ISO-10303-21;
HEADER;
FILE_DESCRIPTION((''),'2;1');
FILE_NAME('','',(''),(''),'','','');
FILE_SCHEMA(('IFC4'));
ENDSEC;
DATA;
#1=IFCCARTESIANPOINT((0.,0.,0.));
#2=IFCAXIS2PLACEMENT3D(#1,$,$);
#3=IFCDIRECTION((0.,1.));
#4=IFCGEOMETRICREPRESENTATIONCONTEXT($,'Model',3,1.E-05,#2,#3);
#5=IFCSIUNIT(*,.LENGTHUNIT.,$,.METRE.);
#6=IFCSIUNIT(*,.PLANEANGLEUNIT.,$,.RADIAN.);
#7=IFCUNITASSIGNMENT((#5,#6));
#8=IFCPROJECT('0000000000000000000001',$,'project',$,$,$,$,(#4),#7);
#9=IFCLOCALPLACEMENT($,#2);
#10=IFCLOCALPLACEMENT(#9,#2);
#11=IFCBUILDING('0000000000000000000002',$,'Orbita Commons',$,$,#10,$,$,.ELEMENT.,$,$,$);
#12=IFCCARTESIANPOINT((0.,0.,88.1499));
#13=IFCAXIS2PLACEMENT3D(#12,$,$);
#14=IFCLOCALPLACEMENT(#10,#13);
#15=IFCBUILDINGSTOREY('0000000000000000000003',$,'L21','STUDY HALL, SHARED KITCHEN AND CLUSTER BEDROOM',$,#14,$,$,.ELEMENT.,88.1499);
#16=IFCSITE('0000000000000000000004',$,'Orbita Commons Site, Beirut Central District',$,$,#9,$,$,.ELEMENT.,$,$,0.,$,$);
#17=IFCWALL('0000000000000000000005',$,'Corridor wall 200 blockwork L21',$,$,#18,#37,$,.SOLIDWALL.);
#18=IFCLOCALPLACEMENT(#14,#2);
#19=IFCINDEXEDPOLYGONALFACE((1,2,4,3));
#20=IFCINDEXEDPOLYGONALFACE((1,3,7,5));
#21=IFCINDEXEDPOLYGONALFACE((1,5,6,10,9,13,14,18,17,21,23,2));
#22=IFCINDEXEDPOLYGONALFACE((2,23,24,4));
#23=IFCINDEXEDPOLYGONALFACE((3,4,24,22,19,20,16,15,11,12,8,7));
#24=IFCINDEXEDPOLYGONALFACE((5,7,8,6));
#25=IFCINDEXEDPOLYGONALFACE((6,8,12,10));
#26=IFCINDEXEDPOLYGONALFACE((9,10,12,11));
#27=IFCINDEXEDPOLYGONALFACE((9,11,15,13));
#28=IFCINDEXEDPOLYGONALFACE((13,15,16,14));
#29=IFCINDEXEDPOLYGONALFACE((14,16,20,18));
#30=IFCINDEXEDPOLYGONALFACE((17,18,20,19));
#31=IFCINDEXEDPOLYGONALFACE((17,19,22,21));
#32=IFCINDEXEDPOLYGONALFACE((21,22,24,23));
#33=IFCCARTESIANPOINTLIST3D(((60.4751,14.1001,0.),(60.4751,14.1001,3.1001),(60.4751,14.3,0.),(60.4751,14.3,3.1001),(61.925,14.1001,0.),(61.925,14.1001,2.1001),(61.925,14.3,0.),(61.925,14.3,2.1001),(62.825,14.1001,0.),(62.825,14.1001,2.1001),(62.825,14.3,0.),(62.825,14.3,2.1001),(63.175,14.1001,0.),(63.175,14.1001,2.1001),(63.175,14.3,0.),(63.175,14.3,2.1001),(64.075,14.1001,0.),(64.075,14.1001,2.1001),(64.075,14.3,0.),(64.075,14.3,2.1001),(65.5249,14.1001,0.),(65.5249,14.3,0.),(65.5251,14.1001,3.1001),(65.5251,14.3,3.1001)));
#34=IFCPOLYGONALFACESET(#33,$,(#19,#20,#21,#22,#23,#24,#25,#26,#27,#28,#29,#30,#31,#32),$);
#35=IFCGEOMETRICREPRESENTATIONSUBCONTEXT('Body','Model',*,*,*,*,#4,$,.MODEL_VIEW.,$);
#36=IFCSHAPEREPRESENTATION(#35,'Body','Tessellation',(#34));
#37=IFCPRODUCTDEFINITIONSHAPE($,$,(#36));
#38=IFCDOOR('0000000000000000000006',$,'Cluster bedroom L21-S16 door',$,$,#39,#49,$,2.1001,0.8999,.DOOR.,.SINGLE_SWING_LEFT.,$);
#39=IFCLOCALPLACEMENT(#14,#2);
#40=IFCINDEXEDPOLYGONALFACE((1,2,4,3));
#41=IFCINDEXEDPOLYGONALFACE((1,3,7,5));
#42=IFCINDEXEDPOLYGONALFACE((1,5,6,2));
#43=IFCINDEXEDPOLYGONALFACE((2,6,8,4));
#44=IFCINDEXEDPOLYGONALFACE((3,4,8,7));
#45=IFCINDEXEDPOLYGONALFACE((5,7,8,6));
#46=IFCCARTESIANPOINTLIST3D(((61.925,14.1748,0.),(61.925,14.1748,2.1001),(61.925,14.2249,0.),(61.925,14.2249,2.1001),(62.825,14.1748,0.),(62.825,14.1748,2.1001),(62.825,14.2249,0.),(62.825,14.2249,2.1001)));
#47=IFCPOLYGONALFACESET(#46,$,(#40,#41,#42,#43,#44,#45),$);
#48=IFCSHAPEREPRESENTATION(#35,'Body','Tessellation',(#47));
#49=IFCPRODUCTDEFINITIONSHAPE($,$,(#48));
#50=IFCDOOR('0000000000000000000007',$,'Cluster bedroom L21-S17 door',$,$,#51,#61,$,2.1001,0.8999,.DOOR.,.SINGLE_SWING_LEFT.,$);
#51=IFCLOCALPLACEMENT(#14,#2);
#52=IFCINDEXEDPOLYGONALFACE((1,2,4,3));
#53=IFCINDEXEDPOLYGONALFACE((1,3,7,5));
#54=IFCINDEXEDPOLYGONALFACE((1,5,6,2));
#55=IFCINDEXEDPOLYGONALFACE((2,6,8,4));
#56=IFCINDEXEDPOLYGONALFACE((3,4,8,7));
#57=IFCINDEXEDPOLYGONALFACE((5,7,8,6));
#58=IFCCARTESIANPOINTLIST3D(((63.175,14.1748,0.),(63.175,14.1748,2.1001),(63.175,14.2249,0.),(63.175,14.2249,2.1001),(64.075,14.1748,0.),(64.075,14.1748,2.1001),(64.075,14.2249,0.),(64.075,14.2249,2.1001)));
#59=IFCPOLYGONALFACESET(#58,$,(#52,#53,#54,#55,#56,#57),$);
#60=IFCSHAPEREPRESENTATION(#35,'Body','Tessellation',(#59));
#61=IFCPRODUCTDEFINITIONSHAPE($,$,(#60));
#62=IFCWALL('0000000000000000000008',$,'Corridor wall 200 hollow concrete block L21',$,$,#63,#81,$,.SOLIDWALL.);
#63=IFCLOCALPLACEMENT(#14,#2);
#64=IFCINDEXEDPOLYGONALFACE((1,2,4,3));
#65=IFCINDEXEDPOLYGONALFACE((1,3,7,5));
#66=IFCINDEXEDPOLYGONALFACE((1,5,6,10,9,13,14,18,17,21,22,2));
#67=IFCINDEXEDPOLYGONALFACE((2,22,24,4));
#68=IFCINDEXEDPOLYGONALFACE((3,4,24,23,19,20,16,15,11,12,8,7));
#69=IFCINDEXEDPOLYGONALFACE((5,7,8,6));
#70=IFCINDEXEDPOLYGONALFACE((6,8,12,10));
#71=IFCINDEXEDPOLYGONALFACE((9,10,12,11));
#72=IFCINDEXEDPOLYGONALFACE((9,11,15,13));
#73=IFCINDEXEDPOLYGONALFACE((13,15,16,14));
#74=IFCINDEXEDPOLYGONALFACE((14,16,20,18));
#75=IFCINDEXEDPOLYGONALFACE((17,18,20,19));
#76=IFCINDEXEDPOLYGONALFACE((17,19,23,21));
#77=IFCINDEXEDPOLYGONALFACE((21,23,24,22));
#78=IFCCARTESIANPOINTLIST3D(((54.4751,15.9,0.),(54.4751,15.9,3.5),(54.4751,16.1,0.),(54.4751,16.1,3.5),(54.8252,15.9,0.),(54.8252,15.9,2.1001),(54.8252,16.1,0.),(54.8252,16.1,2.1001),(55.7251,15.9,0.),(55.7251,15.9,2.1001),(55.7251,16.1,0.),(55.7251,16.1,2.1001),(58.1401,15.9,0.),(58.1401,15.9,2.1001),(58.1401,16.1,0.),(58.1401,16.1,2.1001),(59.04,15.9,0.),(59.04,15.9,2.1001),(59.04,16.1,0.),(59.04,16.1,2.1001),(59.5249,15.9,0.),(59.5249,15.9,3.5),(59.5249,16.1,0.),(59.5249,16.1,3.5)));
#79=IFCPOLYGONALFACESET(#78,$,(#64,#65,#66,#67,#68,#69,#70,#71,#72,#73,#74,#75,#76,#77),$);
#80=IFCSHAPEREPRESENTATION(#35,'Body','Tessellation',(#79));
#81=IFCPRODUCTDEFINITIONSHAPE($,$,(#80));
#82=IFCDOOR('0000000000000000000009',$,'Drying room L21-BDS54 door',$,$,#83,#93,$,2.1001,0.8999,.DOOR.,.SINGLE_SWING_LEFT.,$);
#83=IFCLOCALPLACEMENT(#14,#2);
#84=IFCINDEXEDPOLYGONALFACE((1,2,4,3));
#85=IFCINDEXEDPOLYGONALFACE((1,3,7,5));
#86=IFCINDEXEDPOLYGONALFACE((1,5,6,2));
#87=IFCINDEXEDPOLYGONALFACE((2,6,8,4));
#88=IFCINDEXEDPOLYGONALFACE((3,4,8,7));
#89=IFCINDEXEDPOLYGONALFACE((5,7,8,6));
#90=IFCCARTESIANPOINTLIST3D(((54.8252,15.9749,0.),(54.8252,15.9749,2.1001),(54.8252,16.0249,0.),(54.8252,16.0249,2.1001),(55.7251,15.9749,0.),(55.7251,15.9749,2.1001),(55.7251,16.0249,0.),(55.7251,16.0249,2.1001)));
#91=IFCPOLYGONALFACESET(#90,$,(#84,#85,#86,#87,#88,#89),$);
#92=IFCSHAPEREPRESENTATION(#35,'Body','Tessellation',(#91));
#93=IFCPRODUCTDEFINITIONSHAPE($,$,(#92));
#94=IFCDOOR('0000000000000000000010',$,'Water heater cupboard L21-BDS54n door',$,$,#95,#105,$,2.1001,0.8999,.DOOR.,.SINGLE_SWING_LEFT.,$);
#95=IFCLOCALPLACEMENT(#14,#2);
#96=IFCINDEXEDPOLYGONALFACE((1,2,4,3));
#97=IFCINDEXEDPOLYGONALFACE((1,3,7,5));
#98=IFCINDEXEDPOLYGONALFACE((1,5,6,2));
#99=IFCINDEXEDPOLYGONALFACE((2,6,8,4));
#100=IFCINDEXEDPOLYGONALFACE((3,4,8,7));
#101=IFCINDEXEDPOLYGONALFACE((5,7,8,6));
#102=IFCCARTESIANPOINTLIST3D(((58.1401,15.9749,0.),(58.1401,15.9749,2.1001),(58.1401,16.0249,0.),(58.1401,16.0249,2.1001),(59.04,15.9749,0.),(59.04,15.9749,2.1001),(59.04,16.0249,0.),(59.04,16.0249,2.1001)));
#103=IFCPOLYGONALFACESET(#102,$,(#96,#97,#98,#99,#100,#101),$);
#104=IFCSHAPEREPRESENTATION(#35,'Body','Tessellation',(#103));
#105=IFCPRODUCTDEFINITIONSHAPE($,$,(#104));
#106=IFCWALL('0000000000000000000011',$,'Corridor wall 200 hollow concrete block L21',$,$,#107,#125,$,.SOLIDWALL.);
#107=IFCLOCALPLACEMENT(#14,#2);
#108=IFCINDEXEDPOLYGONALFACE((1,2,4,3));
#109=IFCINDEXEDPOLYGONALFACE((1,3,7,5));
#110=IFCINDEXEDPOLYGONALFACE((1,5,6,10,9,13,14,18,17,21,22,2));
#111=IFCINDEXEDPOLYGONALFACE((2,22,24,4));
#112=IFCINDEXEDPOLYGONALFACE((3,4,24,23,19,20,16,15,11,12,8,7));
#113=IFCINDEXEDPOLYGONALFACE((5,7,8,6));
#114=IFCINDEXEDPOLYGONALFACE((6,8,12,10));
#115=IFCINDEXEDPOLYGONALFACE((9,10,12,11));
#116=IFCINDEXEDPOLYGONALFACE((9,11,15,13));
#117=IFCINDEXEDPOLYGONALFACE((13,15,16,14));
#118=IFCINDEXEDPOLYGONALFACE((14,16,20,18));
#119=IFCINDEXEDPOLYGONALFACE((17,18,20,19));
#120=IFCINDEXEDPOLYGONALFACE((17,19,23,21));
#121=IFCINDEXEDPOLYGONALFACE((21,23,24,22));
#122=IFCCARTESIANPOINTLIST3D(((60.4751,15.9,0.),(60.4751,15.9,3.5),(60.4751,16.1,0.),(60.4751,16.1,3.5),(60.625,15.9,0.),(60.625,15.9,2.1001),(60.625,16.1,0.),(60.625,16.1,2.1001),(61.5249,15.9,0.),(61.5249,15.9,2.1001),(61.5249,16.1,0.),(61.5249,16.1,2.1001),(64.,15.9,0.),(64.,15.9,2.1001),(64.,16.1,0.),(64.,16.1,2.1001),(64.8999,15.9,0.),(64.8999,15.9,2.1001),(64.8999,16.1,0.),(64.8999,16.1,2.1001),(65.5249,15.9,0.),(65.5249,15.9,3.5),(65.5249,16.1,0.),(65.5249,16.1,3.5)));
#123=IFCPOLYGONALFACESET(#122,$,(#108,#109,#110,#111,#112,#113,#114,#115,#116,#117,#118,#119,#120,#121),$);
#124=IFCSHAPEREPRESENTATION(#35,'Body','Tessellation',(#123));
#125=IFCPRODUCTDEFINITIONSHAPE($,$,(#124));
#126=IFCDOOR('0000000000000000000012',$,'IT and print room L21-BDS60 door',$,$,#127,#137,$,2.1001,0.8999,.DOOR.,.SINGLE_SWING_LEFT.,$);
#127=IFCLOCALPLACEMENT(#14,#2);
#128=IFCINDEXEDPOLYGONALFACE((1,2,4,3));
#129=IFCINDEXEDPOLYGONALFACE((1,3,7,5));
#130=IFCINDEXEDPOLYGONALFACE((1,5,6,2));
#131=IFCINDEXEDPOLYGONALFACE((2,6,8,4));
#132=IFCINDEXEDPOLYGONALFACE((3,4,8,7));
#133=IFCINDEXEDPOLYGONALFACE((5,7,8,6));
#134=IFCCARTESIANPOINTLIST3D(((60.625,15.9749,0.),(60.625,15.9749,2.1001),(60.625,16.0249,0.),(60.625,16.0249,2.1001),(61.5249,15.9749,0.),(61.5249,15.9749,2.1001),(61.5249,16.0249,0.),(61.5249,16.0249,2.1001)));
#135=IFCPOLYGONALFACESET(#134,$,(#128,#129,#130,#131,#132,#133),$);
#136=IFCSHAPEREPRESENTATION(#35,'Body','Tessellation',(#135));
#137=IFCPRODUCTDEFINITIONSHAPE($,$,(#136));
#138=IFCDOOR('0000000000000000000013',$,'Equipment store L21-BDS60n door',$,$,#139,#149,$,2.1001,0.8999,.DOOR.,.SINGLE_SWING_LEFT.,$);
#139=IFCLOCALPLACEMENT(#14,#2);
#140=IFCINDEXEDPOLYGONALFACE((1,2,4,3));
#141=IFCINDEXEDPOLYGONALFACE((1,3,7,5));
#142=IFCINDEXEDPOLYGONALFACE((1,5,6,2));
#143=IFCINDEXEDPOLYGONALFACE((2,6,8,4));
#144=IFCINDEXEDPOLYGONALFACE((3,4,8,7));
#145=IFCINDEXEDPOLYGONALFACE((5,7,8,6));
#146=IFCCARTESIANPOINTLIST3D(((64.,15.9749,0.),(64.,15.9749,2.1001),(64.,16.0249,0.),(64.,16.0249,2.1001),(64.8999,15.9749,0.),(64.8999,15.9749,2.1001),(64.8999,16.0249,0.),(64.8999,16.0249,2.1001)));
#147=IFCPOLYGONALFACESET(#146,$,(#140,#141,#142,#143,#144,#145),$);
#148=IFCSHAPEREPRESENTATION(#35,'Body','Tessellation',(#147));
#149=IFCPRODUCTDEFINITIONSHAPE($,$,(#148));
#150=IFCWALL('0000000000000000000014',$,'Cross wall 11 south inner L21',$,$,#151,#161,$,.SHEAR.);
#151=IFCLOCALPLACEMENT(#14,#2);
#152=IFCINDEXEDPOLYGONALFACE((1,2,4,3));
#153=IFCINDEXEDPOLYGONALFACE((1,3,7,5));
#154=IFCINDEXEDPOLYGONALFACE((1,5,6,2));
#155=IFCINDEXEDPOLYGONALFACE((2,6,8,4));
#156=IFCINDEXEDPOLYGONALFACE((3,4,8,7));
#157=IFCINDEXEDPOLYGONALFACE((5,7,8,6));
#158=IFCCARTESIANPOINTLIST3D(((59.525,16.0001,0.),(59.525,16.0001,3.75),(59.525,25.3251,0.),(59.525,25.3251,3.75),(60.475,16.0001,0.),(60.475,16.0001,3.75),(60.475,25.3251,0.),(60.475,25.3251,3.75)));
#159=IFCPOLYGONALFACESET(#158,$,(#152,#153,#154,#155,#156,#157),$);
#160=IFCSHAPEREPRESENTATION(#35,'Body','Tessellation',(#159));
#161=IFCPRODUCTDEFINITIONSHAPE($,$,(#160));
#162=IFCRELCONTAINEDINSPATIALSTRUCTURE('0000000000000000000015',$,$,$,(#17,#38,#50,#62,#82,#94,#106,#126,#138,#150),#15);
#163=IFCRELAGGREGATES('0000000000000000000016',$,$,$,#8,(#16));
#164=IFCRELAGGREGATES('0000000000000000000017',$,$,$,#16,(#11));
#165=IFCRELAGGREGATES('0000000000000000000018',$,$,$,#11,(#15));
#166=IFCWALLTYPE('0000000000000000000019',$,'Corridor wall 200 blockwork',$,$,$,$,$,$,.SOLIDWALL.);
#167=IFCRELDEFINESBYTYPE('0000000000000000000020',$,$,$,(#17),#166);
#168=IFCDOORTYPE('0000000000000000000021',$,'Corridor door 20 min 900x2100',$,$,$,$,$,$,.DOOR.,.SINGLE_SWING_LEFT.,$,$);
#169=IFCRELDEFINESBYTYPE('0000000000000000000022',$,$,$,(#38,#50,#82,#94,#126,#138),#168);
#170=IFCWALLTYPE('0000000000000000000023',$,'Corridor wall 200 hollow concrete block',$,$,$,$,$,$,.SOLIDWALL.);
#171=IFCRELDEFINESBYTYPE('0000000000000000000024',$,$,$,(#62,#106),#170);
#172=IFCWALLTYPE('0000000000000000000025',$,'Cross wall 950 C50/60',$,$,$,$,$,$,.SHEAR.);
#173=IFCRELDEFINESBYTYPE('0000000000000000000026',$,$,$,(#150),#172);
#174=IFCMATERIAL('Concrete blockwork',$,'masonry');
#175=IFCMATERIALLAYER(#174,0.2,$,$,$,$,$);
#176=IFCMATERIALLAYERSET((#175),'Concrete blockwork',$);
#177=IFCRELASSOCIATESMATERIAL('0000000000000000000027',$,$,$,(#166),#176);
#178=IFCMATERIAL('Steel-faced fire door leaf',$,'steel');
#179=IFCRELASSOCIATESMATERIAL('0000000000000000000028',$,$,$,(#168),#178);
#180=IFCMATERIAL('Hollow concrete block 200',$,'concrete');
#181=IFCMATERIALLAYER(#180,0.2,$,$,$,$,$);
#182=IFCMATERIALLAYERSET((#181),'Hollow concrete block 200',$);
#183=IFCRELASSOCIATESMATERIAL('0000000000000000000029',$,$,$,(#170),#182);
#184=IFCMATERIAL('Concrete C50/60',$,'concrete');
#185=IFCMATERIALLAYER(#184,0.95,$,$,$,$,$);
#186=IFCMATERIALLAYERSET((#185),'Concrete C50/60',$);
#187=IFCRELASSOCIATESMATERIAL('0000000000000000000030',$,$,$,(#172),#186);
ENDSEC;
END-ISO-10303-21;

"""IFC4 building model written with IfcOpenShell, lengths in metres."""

from ifc_helpers import new_model, si_unit, direction, frame, frame_2d, origin, place, context, subcontext, project, spatial, polyline, rectangle, outline, extrude, material, layer, layer_set, type_object, element, fill, save


model = new_model("IFC4")

# Units and contexts
model_context = context("Model", 3, precision=1e-05, world=origin(), true_north=direction((0.0, 1.0)))
body_context = subcontext(model_context, "Body", "Model", "MODEL_VIEW")
ifc_project = project(units=[si_unit("LENGTHUNIT", "METRE"), si_unit("PLANEANGLEUNIT", "RADIAN")], contexts=[model_context])

# Site, building, storey
site_placement = place(None, origin())
site = spatial("IfcSite", under=ifc_project, at=site_placement, Name="Orbita Commons Site, Beirut Central District", CompositionType="ELEMENT", RefElevation=0.0)
building_placement = place(site_placement, origin())
building = spatial("IfcBuilding", under=site, at=building_placement, Name="Orbita Commons", CompositionType="ELEMENT")
storey_placement = place(building_placement, frame((0.0, 0.0, 88.1499)))
storey = spatial("IfcBuildingStorey", under=building, at=storey_placement, Name="L21", Description="STUDY HALL, SHARED KITCHEN AND CLUSTER BEDROOM", CompositionType="ELEMENT", Elevation=88.1499)

# Walls, openings, doors
ifc_material_1 = material(Name="Concrete blockwork", Category="masonry")
ifc_layer_1 = layer(ifc_material_1, 0.2)
ifc_layer_set_1 = layer_set([ifc_layer_1], Name="Concrete blockwork")
wall_type_1 = type_object("IfcWallType", Name="Corridor wall 200 blockwork", PredefinedType="SOLIDWALL", material=ifc_layer_set_1)
ifc_material_2 = material(Name="Steel-faced fire door leaf", Category="steel")
door_type_1 = type_object("IfcDoorType", Name="Corridor door 20 min 900x2100", OperationType="SINGLE_SWING_LEFT", PredefinedType="DOOR", material=ifc_material_2)
wall_1_placement = place(storey_placement, frame((60.4751, 14.2, 0.0), z_axis=(0.0, 0.0, 1.0), x_axis=(1.0, 0.0, 0.0)))
wall_1 = element("IfcWall", 1, at=wall_1_placement, inside=storey, type_object=wall_type_1, Name="Corridor wall 200 blockwork L21", PredefinedType="SOLIDWALL", context=body_context, shape_type="SweptSolid", body=[
    extrude(outline(polyline([(0.0, 0.0), (5.0498, 0.0), (5.05, 3.1001), (0.0, 3.1001), (0.0, 0.0)])), frame((0.0, 0.1001, 0.0), z_axis=(0.0, -1.0, 0.0), x_axis=(1.0, 0.0, 0.0)), (0.0, 0.0, 1.0), 0.2),
])
opening_1_placement = place(wall_1_placement, frame((1.45, 0.0, 0.0)))
opening_1 = element("IfcOpeningElement", 2, at=opening_1_placement, cuts=wall_1, PredefinedType="OPENING", context=body_context, shape_type="SweptSolid", body=[
    extrude(rectangle(XDim=0.8999, YDim=2.1001, at=frame_2d((0.45, 1.05))), frame((0.0, 0.1099, 0.0), z_axis=(0.0, -1.0, 0.0), x_axis=(1.0, 0.0, 0.0)), (0.0, 0.0, 1.0), 0.22),
])
opening_2_placement = place(wall_1_placement, frame((2.7, 0.0, 0.0)))
opening_2 = element("IfcOpeningElement", 3, at=opening_2_placement, cuts=wall_1, PredefinedType="OPENING", context=body_context, shape_type="SweptSolid", body=[
    extrude(rectangle(XDim=0.8999, YDim=2.1001, at=frame_2d((0.45, 1.05))), frame((0.0, 0.1099, 0.0), z_axis=(0.0, -1.0, 0.0), x_axis=(1.0, 0.0, 0.0)), (0.0, 0.0, 1.0), 0.22),
])
door_1_placement = place(opening_1_placement, origin())
door_1 = element("IfcDoor", 4, at=door_1_placement, inside=storey, type_object=door_type_1, Name="Cluster bedroom L21-S16 door", OperationType="SINGLE_SWING_LEFT", OverallHeight=2.1001, OverallWidth=0.8999, PredefinedType="DOOR", context=body_context, shape_type="SweptSolid", body=[
    extrude(rectangle(XDim=0.8999, YDim=2.1001, at=frame_2d((0.45, 1.05))), frame((0.0, 0.0249, 0.0), z_axis=(0.0, -1.0, 0.0), x_axis=(1.0, 0.0, 0.0)), (0.0, 0.0, 1.0), 0.05),
])
fill(opening_1, door_1)
door_2_placement = place(opening_2_placement, origin())
door_2 = element("IfcDoor", 5, at=door_2_placement, inside=storey, type_object=door_type_1, Name="Cluster bedroom L21-S17 door", OperationType="SINGLE_SWING_LEFT", OverallHeight=2.1001, OverallWidth=0.8999, PredefinedType="DOOR", context=body_context, shape_type="SweptSolid", body=[
    extrude(rectangle(XDim=0.8999, YDim=2.1001, at=frame_2d((0.45, 1.05))), frame((0.0, 0.0249, 0.0), z_axis=(0.0, -1.0, 0.0), x_axis=(1.0, 0.0, 0.0)), (0.0, 0.0, 1.0), 0.05),
])
fill(opening_2, door_2)
ifc_material_3 = material(Name="Hollow concrete block 200", Category="concrete")
ifc_layer_2 = layer(ifc_material_3, 0.2)
ifc_layer_set_2 = layer_set([ifc_layer_2], Name="Hollow concrete block 200")
wall_type_2 = type_object("IfcWallType", Name="Corridor wall 200 hollow concrete block", PredefinedType="SOLIDWALL", material=ifc_layer_set_2)
wall_2_placement = place(storey_placement, frame((54.4751, 16.0, 0.0), z_axis=(0.0, 0.0, 1.0), x_axis=(1.0, 0.0, 0.0)))
wall_2 = element("IfcWall", 6, at=wall_2_placement, inside=storey, type_object=wall_type_2, Name="Corridor wall 200 hollow concrete block L21", PredefinedType="SOLIDWALL", context=body_context, shape_type="SweptSolid", body=[
    extrude(rectangle(XDim=5.0498, YDim=0.2, at=frame_2d((2.5249, 0.0))), origin(), (0.0, 0.0, 1.0), 3.5),
])
opening_3_placement = place(wall_2_placement, frame((0.3501, 0.0, 0.0)))
opening_3 = element("IfcOpeningElement", 7, at=opening_3_placement, cuts=wall_2, PredefinedType="OPENING", context=body_context, shape_type="SweptSolid", body=[
    extrude(rectangle(XDim=0.8999, YDim=2.1001, at=frame_2d((0.45, 1.05))), frame((0.0, 0.1099, 0.0), z_axis=(0.0, -1.0, 0.0), x_axis=(1.0, 0.0, 0.0)), (0.0, 0.0, 1.0), 0.22),
])
opening_4_placement = place(wall_2_placement, frame((3.665, 0.0, 0.0)))
opening_4 = element("IfcOpeningElement", 8, at=opening_4_placement, cuts=wall_2, PredefinedType="OPENING", context=body_context, shape_type="SweptSolid", body=[
    extrude(rectangle(XDim=0.8999, YDim=2.1001, at=frame_2d((0.45, 1.05))), frame((0.0, 0.1099, 0.0), z_axis=(0.0, -1.0, 0.0), x_axis=(1.0, 0.0, 0.0)), (0.0, 0.0, 1.0), 0.22),
])
door_3_placement = place(opening_3_placement, origin())
door_3 = element("IfcDoor", 9, at=door_3_placement, inside=storey, type_object=door_type_1, Name="Drying room L21-BDS54 door", OperationType="SINGLE_SWING_LEFT", OverallHeight=2.1001, OverallWidth=0.8999, PredefinedType="DOOR", context=body_context, shape_type="SweptSolid", body=[
    extrude(rectangle(XDim=0.8999, YDim=2.1001, at=frame_2d((0.45, 1.05))), frame((0.0, 0.0249, 0.0), z_axis=(0.0, -1.0, 0.0), x_axis=(1.0, 0.0, 0.0)), (0.0, 0.0, 1.0), 0.05),
])
fill(opening_3, door_3)
door_4_placement = place(opening_4_placement, origin())
door_4 = element("IfcDoor", 10, at=door_4_placement, inside=storey, type_object=door_type_1, Name="Water heater cupboard L21-BDS54n door", OperationType="SINGLE_SWING_LEFT", OverallHeight=2.1001, OverallWidth=0.8999, PredefinedType="DOOR", context=body_context, shape_type="SweptSolid", body=[
    extrude(rectangle(XDim=0.8999, YDim=2.1001, at=frame_2d((0.45, 1.05))), frame((0.0, 0.0249, 0.0), z_axis=(0.0, -1.0, 0.0), x_axis=(1.0, 0.0, 0.0)), (0.0, 0.0, 1.0), 0.05),
])
fill(opening_4, door_4)
wall_3_placement = place(storey_placement, frame((60.4751, 16.0, 0.0), z_axis=(0.0, 0.0, 1.0), x_axis=(1.0, 0.0, 0.0)))
wall_3 = element("IfcWall", 11, at=wall_3_placement, inside=storey, type_object=wall_type_2, Name="Corridor wall 200 hollow concrete block L21", PredefinedType="SOLIDWALL", context=body_context, shape_type="SweptSolid", body=[
    extrude(rectangle(XDim=5.0498, YDim=0.2, at=frame_2d((2.5249, 0.0))), origin(), (0.0, 0.0, 1.0), 3.5),
])
opening_5_placement = place(wall_3_placement, frame((0.1499, 0.0, 0.0)))
opening_5 = element("IfcOpeningElement", 12, at=opening_5_placement, cuts=wall_3, PredefinedType="OPENING", context=body_context, shape_type="SweptSolid", body=[
    extrude(rectangle(XDim=0.8999, YDim=2.1001, at=frame_2d((0.45, 1.05))), frame((0.0, 0.1099, 0.0), z_axis=(0.0, -1.0, 0.0), x_axis=(1.0, 0.0, 0.0)), (0.0, 0.0, 1.0), 0.22),
])
opening_6_placement = place(wall_3_placement, frame((3.5249, 0.0, 0.0)))
opening_6 = element("IfcOpeningElement", 13, at=opening_6_placement, cuts=wall_3, PredefinedType="OPENING", context=body_context, shape_type="SweptSolid", body=[
    extrude(rectangle(XDim=0.8999, YDim=2.1001, at=frame_2d((0.45, 1.05))), frame((0.0, 0.1099, 0.0), z_axis=(0.0, -1.0, 0.0), x_axis=(1.0, 0.0, 0.0)), (0.0, 0.0, 1.0), 0.22),
])
door_5_placement = place(opening_5_placement, origin())
door_5 = element("IfcDoor", 14, at=door_5_placement, inside=storey, type_object=door_type_1, Name="IT and print room L21-BDS60 door", OperationType="SINGLE_SWING_LEFT", OverallHeight=2.1001, OverallWidth=0.8999, PredefinedType="DOOR", context=body_context, shape_type="SweptSolid", body=[
    extrude(rectangle(XDim=0.8999, YDim=2.1001, at=frame_2d((0.45, 1.05))), frame((0.0, 0.0249, 0.0), z_axis=(0.0, -1.0, 0.0), x_axis=(1.0, 0.0, 0.0)), (0.0, 0.0, 1.0), 0.05),
])
fill(opening_5, door_5)
door_6_placement = place(opening_6_placement, origin())
door_6 = element("IfcDoor", 15, at=door_6_placement, inside=storey, type_object=door_type_1, Name="Equipment store L21-BDS60n door", OperationType="SINGLE_SWING_LEFT", OverallHeight=2.1001, OverallWidth=0.8999, PredefinedType="DOOR", context=body_context, shape_type="SweptSolid", body=[
    extrude(rectangle(XDim=0.8999, YDim=2.1001, at=frame_2d((0.45, 1.05))), frame((0.0, 0.0249, 0.0), z_axis=(0.0, -1.0, 0.0), x_axis=(1.0, 0.0, 0.0)), (0.0, 0.0, 1.0), 0.05),
])
fill(opening_6, door_6)

# Wall
ifc_material_4 = material(Name="Concrete C50/60", Category="concrete")
ifc_layer_3 = layer(ifc_material_4, 0.95)
ifc_layer_set_3 = layer_set([ifc_layer_3], Name="Concrete C50/60")
wall_type_3 = type_object("IfcWallType", Name="Cross wall 950 C50/60", PredefinedType="SHEAR", material=ifc_layer_set_3)
wall_4_placement = place(storey_placement, frame((60.0, 16.0, 0.0), z_axis=(0.0, 0.0, 1.0), x_axis=(0.0, 1.0, 0.0)))
element("IfcWall", 16, at=wall_4_placement, inside=storey, type_object=wall_type_3, Name="Cross wall 11 south inner L21", PredefinedType="SHEAR", context=body_context, shape_type="SweptSolid", body=[
    extrude(rectangle(XDim=9.325, YDim=0.95, at=frame_2d((4.6626, 0.0))), origin(), (0.0, 0.0, 1.0), 3.75),
])

save(model, "model.ifc")
